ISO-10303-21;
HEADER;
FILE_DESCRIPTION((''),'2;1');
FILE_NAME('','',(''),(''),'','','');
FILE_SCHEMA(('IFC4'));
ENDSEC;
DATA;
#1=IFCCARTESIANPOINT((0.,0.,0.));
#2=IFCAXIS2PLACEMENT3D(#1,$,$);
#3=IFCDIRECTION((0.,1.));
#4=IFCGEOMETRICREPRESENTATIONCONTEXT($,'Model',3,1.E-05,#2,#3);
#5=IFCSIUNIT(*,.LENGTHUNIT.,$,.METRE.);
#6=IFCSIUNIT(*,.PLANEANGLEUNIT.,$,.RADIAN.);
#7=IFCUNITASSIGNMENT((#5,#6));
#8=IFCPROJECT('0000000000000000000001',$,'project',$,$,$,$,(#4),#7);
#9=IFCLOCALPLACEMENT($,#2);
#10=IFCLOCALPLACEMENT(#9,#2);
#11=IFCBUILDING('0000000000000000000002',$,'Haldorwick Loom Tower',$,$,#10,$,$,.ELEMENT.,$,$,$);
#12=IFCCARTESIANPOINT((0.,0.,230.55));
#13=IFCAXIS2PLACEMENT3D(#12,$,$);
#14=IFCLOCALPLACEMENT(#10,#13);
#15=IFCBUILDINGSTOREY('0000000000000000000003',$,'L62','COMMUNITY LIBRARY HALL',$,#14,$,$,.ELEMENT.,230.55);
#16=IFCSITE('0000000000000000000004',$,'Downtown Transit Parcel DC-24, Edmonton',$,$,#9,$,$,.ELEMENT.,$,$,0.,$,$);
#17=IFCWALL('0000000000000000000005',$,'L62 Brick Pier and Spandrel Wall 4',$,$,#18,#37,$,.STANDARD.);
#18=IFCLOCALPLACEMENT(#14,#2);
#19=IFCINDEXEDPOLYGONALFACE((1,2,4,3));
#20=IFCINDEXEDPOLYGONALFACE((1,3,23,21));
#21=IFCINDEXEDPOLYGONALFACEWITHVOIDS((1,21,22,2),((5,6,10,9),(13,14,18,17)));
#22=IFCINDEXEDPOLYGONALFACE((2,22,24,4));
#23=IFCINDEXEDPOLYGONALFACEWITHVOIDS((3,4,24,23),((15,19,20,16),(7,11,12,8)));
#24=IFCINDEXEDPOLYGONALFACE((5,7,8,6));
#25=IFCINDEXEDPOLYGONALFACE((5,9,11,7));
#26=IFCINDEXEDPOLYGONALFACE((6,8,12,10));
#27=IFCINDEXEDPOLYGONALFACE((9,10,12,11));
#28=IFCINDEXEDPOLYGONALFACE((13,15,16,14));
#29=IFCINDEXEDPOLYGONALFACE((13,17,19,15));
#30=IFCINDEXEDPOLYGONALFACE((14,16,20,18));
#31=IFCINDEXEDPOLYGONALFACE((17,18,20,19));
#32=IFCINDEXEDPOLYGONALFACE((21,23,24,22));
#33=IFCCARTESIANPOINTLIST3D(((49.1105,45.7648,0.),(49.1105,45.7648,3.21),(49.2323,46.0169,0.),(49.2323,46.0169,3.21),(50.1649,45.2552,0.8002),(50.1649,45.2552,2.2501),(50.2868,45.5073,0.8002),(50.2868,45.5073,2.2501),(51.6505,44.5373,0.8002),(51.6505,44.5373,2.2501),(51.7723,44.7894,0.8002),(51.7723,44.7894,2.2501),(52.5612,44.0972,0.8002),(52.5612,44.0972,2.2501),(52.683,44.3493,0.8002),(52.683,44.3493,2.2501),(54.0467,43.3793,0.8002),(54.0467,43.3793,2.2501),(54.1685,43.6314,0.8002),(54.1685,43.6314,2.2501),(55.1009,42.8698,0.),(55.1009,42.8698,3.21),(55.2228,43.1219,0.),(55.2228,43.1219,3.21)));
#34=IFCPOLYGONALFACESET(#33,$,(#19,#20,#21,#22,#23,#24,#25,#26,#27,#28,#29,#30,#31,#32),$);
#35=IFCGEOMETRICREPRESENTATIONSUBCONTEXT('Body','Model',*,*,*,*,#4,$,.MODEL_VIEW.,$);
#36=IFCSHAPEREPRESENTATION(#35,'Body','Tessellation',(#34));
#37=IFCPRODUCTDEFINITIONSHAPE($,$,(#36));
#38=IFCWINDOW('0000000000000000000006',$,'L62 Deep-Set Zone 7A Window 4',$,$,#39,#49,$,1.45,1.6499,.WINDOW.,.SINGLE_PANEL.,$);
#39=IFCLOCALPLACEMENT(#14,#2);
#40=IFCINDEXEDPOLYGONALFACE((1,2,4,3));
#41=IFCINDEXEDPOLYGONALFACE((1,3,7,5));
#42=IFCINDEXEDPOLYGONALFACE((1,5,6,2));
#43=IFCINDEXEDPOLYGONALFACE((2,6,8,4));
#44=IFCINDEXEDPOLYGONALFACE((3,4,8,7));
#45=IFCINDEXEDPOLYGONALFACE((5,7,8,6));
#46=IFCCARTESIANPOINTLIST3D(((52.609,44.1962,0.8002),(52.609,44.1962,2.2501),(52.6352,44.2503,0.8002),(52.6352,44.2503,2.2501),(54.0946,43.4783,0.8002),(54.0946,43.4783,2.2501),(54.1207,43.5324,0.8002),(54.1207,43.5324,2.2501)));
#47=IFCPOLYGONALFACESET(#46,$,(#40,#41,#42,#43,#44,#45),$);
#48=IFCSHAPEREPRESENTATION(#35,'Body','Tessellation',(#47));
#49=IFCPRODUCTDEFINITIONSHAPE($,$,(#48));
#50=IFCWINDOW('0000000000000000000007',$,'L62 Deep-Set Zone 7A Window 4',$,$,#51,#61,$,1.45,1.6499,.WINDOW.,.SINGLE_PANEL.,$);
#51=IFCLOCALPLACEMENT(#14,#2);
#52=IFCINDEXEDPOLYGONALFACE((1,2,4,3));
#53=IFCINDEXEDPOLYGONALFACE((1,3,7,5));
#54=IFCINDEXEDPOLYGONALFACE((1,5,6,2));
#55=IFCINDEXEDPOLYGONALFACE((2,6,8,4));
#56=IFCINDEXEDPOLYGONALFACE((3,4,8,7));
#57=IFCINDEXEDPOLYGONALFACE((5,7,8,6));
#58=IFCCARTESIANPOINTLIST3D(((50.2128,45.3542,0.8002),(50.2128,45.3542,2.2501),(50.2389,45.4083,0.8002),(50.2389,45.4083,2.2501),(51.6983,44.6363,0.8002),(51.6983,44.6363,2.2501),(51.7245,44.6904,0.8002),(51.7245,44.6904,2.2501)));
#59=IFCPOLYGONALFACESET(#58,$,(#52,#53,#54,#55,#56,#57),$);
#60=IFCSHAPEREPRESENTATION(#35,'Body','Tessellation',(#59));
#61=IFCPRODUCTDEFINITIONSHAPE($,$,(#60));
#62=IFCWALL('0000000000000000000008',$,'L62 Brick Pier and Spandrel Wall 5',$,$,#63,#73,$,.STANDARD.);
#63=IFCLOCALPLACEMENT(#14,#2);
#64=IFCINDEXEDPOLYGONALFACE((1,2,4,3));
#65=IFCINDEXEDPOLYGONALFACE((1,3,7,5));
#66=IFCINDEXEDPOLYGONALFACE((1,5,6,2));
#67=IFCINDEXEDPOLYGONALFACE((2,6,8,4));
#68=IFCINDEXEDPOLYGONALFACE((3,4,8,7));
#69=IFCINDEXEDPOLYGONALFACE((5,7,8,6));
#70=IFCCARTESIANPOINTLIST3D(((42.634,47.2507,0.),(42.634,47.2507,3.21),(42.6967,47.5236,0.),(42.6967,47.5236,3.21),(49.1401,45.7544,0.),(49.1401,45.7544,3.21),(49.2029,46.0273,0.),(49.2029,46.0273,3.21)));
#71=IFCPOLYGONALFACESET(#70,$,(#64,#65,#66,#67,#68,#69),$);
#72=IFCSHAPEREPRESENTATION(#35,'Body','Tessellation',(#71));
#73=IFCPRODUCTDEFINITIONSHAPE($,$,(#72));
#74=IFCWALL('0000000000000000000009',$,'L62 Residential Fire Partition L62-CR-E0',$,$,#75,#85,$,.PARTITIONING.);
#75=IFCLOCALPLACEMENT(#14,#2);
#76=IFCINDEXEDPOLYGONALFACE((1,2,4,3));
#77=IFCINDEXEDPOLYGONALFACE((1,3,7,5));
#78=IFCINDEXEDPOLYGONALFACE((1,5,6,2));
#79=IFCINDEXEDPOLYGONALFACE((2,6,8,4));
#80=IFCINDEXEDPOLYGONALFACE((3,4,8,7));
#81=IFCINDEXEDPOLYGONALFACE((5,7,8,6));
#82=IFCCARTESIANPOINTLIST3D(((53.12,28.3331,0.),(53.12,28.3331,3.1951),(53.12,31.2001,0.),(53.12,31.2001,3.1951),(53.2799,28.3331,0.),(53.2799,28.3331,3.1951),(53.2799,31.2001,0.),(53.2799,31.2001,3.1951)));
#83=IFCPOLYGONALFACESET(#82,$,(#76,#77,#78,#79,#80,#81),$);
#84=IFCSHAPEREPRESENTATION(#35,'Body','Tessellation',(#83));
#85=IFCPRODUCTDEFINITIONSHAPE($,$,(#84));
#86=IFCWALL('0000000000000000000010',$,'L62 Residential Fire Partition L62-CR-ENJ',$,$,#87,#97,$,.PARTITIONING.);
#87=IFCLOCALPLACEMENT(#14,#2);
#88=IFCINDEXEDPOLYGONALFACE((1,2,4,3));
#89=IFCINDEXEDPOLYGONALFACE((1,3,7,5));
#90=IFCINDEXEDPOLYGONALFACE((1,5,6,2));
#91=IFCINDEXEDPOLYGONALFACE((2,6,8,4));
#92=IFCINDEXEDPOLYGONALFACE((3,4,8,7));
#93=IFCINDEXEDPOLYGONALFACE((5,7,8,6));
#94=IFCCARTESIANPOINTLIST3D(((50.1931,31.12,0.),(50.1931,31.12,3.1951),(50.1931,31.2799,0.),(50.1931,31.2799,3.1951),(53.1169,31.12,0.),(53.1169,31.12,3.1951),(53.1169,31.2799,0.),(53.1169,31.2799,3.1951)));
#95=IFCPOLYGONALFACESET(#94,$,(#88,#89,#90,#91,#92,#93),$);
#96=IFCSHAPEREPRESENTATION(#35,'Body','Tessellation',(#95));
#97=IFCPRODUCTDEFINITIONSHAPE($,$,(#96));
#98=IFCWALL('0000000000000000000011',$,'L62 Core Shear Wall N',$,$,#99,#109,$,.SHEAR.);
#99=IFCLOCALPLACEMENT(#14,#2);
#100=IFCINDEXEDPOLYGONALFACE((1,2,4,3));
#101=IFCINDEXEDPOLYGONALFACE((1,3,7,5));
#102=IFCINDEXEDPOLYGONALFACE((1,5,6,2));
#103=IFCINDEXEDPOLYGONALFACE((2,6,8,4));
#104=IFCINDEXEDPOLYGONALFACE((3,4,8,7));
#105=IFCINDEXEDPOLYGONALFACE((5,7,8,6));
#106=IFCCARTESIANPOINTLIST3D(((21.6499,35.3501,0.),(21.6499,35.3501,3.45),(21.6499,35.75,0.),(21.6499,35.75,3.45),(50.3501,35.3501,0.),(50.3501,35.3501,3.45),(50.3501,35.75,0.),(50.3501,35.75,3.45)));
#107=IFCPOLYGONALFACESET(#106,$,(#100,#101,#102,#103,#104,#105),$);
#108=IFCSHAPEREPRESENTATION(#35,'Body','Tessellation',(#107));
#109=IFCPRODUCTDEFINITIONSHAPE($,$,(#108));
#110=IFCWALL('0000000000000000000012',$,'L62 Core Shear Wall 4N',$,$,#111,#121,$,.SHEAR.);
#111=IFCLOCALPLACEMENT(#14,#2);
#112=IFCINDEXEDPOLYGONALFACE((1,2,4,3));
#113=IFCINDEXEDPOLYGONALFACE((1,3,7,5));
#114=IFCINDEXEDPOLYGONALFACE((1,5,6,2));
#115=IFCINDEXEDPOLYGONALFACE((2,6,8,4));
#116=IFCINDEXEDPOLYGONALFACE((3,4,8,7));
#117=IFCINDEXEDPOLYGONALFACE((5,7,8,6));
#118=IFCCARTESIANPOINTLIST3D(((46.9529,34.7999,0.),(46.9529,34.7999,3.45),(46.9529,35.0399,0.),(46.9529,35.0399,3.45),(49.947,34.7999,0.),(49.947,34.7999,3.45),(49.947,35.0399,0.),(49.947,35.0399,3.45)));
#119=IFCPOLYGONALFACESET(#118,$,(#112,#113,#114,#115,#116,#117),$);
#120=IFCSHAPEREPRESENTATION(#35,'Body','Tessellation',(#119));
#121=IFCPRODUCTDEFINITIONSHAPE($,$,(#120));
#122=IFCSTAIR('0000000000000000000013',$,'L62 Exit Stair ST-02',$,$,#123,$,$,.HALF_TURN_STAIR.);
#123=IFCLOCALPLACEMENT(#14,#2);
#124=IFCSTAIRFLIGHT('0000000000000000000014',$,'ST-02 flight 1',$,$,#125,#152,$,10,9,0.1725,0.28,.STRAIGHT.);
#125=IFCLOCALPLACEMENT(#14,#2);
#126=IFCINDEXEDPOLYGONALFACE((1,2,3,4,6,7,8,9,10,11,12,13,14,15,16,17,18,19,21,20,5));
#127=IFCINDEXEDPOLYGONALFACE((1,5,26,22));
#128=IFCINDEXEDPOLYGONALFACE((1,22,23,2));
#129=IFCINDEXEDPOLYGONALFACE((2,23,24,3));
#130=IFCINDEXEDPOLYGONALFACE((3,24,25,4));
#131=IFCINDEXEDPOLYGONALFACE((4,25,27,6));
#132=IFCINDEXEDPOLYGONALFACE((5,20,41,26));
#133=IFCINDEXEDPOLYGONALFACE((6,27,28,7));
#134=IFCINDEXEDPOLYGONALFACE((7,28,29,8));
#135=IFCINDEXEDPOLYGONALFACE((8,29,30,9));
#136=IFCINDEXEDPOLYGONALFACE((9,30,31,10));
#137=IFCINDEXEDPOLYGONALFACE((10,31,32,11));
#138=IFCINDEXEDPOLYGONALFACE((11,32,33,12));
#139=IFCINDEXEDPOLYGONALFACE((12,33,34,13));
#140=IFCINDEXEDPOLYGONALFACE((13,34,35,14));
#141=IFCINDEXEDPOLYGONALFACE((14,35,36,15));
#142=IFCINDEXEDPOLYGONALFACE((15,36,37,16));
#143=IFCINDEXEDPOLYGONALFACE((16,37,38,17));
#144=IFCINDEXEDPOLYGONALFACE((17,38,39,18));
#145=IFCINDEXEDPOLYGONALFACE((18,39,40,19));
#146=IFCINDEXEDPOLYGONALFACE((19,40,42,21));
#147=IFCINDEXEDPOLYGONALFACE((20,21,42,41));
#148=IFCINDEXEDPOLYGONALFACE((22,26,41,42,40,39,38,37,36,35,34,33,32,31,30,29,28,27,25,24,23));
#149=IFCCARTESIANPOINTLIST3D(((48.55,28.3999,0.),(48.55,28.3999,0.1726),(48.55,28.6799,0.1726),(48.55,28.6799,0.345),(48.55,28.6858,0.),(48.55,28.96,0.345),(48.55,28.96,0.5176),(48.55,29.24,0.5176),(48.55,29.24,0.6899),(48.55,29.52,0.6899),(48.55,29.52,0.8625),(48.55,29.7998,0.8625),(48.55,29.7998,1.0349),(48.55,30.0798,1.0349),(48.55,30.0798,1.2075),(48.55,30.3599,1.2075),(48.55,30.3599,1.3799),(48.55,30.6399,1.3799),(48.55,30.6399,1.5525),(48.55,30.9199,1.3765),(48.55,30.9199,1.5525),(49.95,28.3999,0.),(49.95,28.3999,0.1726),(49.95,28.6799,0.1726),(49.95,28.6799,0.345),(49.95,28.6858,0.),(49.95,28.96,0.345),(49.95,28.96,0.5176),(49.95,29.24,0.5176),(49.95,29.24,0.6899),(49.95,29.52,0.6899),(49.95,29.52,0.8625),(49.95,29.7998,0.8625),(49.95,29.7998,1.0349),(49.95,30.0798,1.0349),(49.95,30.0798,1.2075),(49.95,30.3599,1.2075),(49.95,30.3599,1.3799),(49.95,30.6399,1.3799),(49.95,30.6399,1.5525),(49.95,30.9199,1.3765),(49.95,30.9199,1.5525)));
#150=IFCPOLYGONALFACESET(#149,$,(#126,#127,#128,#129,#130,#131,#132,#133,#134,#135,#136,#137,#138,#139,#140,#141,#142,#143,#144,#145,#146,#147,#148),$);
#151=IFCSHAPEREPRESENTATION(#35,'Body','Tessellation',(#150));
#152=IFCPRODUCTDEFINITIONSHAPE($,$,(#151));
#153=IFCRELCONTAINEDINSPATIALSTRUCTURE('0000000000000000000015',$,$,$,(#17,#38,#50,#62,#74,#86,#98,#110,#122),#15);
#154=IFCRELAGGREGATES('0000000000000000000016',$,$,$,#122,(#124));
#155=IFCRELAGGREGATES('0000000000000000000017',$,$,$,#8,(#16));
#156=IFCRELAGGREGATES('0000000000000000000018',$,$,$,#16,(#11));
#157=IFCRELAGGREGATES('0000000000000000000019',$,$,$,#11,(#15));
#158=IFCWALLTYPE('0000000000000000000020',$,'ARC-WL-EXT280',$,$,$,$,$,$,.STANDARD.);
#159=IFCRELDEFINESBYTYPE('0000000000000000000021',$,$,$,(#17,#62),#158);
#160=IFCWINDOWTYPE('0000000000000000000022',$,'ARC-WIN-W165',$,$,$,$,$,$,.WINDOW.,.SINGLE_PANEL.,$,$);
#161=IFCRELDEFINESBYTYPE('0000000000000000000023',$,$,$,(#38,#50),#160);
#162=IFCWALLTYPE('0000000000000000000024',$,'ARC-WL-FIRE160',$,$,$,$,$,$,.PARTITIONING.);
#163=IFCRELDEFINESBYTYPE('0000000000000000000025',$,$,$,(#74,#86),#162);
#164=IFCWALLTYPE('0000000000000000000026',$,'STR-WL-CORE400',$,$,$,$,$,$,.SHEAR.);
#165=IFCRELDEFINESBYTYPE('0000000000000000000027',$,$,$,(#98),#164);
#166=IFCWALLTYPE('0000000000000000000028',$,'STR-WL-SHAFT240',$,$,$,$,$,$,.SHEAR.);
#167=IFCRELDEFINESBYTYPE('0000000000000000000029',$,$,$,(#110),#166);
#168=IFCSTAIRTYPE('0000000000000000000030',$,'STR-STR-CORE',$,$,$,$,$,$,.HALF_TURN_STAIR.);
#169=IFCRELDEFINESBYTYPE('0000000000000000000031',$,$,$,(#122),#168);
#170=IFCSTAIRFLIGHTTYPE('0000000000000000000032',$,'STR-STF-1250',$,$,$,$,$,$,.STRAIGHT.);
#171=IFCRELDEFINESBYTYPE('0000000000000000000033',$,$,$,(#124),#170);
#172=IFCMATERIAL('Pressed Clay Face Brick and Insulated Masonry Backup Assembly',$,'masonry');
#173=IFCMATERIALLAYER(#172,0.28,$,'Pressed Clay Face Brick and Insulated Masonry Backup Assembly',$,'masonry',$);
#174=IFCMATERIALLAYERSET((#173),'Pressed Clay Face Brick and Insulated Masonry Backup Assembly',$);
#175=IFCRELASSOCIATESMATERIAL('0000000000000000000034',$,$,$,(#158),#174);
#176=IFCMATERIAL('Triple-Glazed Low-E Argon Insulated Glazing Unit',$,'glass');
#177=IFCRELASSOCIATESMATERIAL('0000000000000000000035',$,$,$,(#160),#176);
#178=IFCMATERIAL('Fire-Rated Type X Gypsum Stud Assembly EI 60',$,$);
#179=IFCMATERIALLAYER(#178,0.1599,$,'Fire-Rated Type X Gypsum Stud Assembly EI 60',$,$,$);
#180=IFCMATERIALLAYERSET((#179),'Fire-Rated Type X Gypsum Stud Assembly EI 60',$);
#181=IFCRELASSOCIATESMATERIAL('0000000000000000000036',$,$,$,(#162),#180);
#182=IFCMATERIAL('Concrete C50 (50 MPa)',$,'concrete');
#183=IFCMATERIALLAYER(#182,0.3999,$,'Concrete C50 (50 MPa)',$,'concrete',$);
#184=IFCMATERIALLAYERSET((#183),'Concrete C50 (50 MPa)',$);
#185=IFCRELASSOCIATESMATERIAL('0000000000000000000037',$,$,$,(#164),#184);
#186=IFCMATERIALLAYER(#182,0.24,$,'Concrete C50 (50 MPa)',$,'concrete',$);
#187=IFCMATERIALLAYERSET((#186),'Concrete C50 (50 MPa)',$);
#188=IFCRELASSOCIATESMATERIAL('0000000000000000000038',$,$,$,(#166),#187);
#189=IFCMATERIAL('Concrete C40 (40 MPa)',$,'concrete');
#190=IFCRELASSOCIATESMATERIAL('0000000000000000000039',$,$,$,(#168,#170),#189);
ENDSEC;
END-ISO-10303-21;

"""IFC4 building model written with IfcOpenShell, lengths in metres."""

from ifc_helpers import new_model, si_unit, direction, frame, frame_2d, origin, place, context, subcontext, project, spatial, polyline, rectangle, outline, extrude, material, layer, layer_set, type_object, element, fill, aggregate, save


model = new_model("IFC4")

# Units and contexts
model_context = context("Model", 3, precision=1e-05, world=origin(), true_north=direction((0.0, 1.0)))
body_context = subcontext(model_context, "Body", "Model", "MODEL_VIEW")
ifc_project = project(units=[si_unit("LENGTHUNIT", "METRE"), si_unit("PLANEANGLEUNIT", "RADIAN")], contexts=[model_context])

# Site, building, storey
site_placement = place(None, origin())
site = spatial("IfcSite", under=ifc_project, at=site_placement, Name="Downtown Transit Parcel DC-24, Edmonton", CompositionType="ELEMENT", RefElevation=0.0)
building_placement = place(site_placement, origin())
building = spatial("IfcBuilding", under=site, at=building_placement, Name="Haldorwick Loom Tower", CompositionType="ELEMENT")
storey_placement = place(building_placement, frame((0.0, 0.0, 230.55)))
storey = spatial("IfcBuildingStorey", under=building, at=storey_placement, Name="L62", Description="COMMUNITY LIBRARY HALL", CompositionType="ELEMENT", Elevation=230.55)

# Shared definitions
ifc_material_1 = material(Name="Pressed Clay Face Brick and Insulated Masonry Backup Assembly", Category="masonry")
ifc_layer_1 = layer(ifc_material_1, 0.28, Name="Pressed Clay Face Brick and Insulated Masonry Backup Assembly", Category="masonry")
ifc_layer_set_1 = layer_set([ifc_layer_1], Name="Pressed Clay Face Brick and Insulated Masonry Backup Assembly")
wall_type_1 = type_object("IfcWallType", Name="ARC-WL-EXT280", PredefinedType="STANDARD", material=ifc_layer_set_1)

# Shared definitions
ifc_material_2 = material(Name="Triple-Glazed Low-E Argon Insulated Glazing Unit", Category="glass")
window_type = type_object("IfcWindowType", Name="ARC-WIN-W165", PartitioningType="SINGLE_PANEL", PredefinedType="WINDOW", material=ifc_material_2)

# Wall, openings, windows
wall_1_placement = place(storey_placement, frame((55.1619, 42.9958, 0.0), z_axis=(0.0, 0.0, 1.0), x_axis=(-0.900371, 0.435123, 0.0)))
wall_1 = element("IfcWall", 1, at=wall_1_placement, inside=storey, type_object=wall_type_1, Name="L62 Brick Pier and Spandrel Wall 4", PredefinedType="STANDARD", context=body_context, shape_type="SweptSolid", body=[
    extrude(rectangle(XDim=6.6533, YDim=0.28, at=frame_2d((3.3267, 0.0))), origin(), (0.0, 0.0, 1.0), 3.21),
])
opening_1_placement = place(wall_1_placement, frame((1.1709, 0.0, 0.8)))
opening_1 = element("IfcOpeningElement", 2, at=opening_1_placement, cuts=wall_1, PredefinedType="OPENING", context=body_context, shape_type="SweptSolid", body=[
    extrude(rectangle(XDim=1.6499, YDim=1.45, at=frame_2d((0.825, 0.7251))), frame((0.0, 0.1499, 0.0), z_axis=(0.0, -1.0, 0.0), x_axis=(1.0, 0.0, 0.0)), (0.0, 0.0, 1.0), 0.3),
])
opening_2_placement = place(wall_1_placement, frame((3.8323, 0.0, 0.8)))
opening_2 = element("IfcOpeningElement", 3, at=opening_2_placement, cuts=wall_1, PredefinedType="OPENING", context=body_context, shape_type="SweptSolid", body=[
    extrude(rectangle(XDim=1.6499, YDim=1.45, at=frame_2d((0.825, 0.7251))), frame((0.0, 0.1499, 0.0), z_axis=(0.0, -1.0, 0.0), x_axis=(1.0, 0.0, 0.0)), (0.0, 0.0, 1.0), 0.3),
])
window_1_placement = place(opening_1_placement, origin())
window_1 = element("IfcWindow", 4, at=window_1_placement, inside=storey, type_object=window_type, Name="L62 Deep-Set Zone 7A Window 4", OverallHeight=1.45, OverallWidth=1.6499, PartitioningType="SINGLE_PANEL", PredefinedType="WINDOW", context=body_context, shape_type="SweptSolid", body=[
    extrude(rectangle(XDim=1.6499, YDim=1.45, at=frame_2d((0.825, 0.7251))), frame((0.0, 0.03, 0.0), z_axis=(0.0, -1.0, 0.0), x_axis=(1.0, 0.0, 0.0)), (0.0, 0.0, 1.0), 0.0601),
])
fill(opening_1, window_1)
window_2_placement = place(opening_2_placement, origin())
window_2 = element("IfcWindow", 5, at=window_2_placement, inside=storey, type_object=window_type, Name="L62 Deep-Set Zone 7A Window 4", OverallHeight=1.45, OverallWidth=1.6499, PartitioningType="SINGLE_PANEL", PredefinedType="WINDOW", context=body_context, shape_type="SweptSolid", body=[
    extrude(rectangle(XDim=1.6499, YDim=1.45, at=frame_2d((0.825, 0.7251))), frame((0.0, 0.03, 0.0), z_axis=(0.0, -1.0, 0.0), x_axis=(1.0, 0.0, 0.0)), (0.0, 0.0, 1.0), 0.0601),
])
fill(opening_2, window_2)

# Walls
wall_2_placement = place(storey_placement, frame((49.1714, 45.8909, 0.0), z_axis=(0.0, 0.0, 1.0), x_axis=(-0.974557, 0.224138, 0.0)))
element("IfcWall", 6, at=wall_2_placement, inside=storey, type_object=wall_type_1, Name="L62 Brick Pier and Spandrel Wall 5", PredefinedType="STANDARD", context=body_context, shape_type="SweptSolid", body=[
    extrude(rectangle(XDim=6.676, YDim=0.28, at=frame_2d((3.3379, 0.0))), origin(), (0.0, 0.0, 1.0), 3.21),
])
ifc_material_3 = material(Name="Fire-Rated Type X Gypsum Stud Assembly EI 60")
ifc_layer_2 = layer(ifc_material_3, 0.1599, Name="Fire-Rated Type X Gypsum Stud Assembly EI 60")
ifc_layer_set_2 = layer_set([ifc_layer_2], Name="Fire-Rated Type X Gypsum Stud Assembly EI 60")
wall_type_2 = type_object("IfcWallType", Name="ARC-WL-FIRE160", PredefinedType="PARTITIONING", material=ifc_layer_set_2)
wall_3_placement = place(storey_placement, frame((53.2, 28.333, 0.0), z_axis=(0.0, 0.0, 1.0), x_axis=(0.0, 1.0, 0.0)))
element("IfcWall", 7, at=wall_3_placement, inside=storey, type_object=wall_type_2, Name="L62 Residential Fire Partition L62-CR-E0", PredefinedType="PARTITIONING", context=body_context, shape_type="SweptSolid", body=[
    extrude(rectangle(XDim=2.8669, YDim=0.1599, at=frame_2d((1.4336, 0.0))), origin(), (0.0, 0.0, 1.0), 3.1951),
])
wall_4_placement = place(storey_placement, frame((50.1931, 31.2, 0.0), z_axis=(0.0, 0.0, 1.0), x_axis=(1.0, 0.0, 0.0)))
element("IfcWall", 8, at=wall_4_placement, inside=storey, type_object=wall_type_2, Name="L62 Residential Fire Partition L62-CR-ENJ", PredefinedType="PARTITIONING", context=body_context, shape_type="SweptSolid", body=[
    extrude(rectangle(XDim=2.9238, YDim=0.1599, at=frame_2d((1.4619, 0.0))), origin(), (0.0, 0.0, 1.0), 3.1951),
])
ifc_material_4 = material(Name="Concrete C50 (50 MPa)", Category="concrete")
ifc_layer_3 = layer(ifc_material_4, 0.3999, Name="Concrete C50 (50 MPa)", Category="concrete")
ifc_layer_set_3 = layer_set([ifc_layer_3], Name="Concrete C50 (50 MPa)")
wall_type_3 = type_object("IfcWallType", Name="STR-WL-CORE400", PredefinedType="SHEAR", material=ifc_layer_set_3)
wall_5_placement = place(storey_placement, frame((50.3501, 35.55, 0.0), z_axis=(0.0, 0.0, 1.0), x_axis=(-1.0, 0.0, 0.0)))
element("IfcWall", 9, at=wall_5_placement, inside=storey, type_object=wall_type_3, Name="L62 Core Shear Wall N", PredefinedType="SHEAR", context=body_context, shape_type="SweptSolid", body=[
    extrude(rectangle(XDim=28.7002, YDim=0.3999, at=frame_2d((14.3501, 0.0))), origin(), (0.0, 0.0, 1.0), 3.45),
])
ifc_layer_4 = layer(ifc_material_4, 0.24, Name="Concrete C50 (50 MPa)", Category="concrete")
ifc_layer_set_4 = layer_set([ifc_layer_4], Name="Concrete C50 (50 MPa)")
wall_type_4 = type_object("IfcWallType", Name="STR-WL-SHAFT240", PredefinedType="SHEAR", material=ifc_layer_set_4)
wall_6_placement = place(storey_placement, frame((46.9529, 34.9199, 0.0), z_axis=(0.0, 0.0, 1.0), x_axis=(1.0, 0.0, 0.0)))
element("IfcWall", 10, at=wall_6_placement, inside=storey, type_object=wall_type_4, Name="L62 Core Shear Wall 4N", PredefinedType="SHEAR", context=body_context, shape_type="SweptSolid", body=[
    extrude(rectangle(XDim=2.9941, YDim=0.24, at=frame_2d((1.4971, 0.0))), origin(), (0.0, 0.0, 1.0), 3.45),
])

# Stair, stair flight
ifc_material_5 = material(Name="Concrete C40 (40 MPa)", Category="concrete")
stair_type = type_object("IfcStairType", Name="STR-STR-CORE", PredefinedType="HALF_TURN_STAIR", material=ifc_material_5)
stair_placement = place(storey_placement, origin())
stair = element("IfcStair", 11, at=stair_placement, inside=storey, type_object=stair_type, Name="L62 Exit Stair ST-02", PredefinedType="HALF_TURN_STAIR")
stair_flight_type = type_object("IfcStairFlightType", Name="STR-STF-1250", PredefinedType="STRAIGHT", material=ifc_material_5)
stair_flight_1_placement = place(storey_placement, frame((49.25, 28.3999, 0.0), z_axis=(0.0, 0.0, 1.0), x_axis=(0.0, 1.0, 0.0)))
stair_flight_1 = element("IfcStairFlight", 12, at=stair_flight_1_placement, type_object=stair_flight_type, Name="ST-02 flight 1", NumberOfRisers=10, NumberOfTreads=9, PredefinedType="STRAIGHT", RiserHeight=0.1725, TreadLength=0.28, context=body_context, shape_type="SweptSolid", body=[
    extrude(outline(polyline([(0.0, 0.0), (0.0, 0.1726), (0.28, 0.1726), (0.28, 0.345), (0.5601, 0.345), (0.5601, 0.5176), (0.8401, 0.5176), (0.8401, 0.6899), (1.1201, 0.6899), (1.1201, 0.8625), (1.3999, 0.8625), (1.3999, 1.0349), (1.6799, 1.0349), (1.6799, 1.2075), (1.96, 1.2075), (1.96, 1.3799), (2.24, 1.3799), (2.24, 1.5525), (2.52, 1.5525), (2.52, 1.7251), (2.52, 1.3765), (0.2859, 0.0), (0.0, 0.0)])), frame((0.0, 0.7, 0.0), z_axis=(0.0, -1.0, 0.0), x_axis=(1.0, 0.0, 0.0)), (0.0, 0.0, 1.0), 1.3999),
])
aggregate(stair, [stair_flight_1])

save(model, "model.ifc")
